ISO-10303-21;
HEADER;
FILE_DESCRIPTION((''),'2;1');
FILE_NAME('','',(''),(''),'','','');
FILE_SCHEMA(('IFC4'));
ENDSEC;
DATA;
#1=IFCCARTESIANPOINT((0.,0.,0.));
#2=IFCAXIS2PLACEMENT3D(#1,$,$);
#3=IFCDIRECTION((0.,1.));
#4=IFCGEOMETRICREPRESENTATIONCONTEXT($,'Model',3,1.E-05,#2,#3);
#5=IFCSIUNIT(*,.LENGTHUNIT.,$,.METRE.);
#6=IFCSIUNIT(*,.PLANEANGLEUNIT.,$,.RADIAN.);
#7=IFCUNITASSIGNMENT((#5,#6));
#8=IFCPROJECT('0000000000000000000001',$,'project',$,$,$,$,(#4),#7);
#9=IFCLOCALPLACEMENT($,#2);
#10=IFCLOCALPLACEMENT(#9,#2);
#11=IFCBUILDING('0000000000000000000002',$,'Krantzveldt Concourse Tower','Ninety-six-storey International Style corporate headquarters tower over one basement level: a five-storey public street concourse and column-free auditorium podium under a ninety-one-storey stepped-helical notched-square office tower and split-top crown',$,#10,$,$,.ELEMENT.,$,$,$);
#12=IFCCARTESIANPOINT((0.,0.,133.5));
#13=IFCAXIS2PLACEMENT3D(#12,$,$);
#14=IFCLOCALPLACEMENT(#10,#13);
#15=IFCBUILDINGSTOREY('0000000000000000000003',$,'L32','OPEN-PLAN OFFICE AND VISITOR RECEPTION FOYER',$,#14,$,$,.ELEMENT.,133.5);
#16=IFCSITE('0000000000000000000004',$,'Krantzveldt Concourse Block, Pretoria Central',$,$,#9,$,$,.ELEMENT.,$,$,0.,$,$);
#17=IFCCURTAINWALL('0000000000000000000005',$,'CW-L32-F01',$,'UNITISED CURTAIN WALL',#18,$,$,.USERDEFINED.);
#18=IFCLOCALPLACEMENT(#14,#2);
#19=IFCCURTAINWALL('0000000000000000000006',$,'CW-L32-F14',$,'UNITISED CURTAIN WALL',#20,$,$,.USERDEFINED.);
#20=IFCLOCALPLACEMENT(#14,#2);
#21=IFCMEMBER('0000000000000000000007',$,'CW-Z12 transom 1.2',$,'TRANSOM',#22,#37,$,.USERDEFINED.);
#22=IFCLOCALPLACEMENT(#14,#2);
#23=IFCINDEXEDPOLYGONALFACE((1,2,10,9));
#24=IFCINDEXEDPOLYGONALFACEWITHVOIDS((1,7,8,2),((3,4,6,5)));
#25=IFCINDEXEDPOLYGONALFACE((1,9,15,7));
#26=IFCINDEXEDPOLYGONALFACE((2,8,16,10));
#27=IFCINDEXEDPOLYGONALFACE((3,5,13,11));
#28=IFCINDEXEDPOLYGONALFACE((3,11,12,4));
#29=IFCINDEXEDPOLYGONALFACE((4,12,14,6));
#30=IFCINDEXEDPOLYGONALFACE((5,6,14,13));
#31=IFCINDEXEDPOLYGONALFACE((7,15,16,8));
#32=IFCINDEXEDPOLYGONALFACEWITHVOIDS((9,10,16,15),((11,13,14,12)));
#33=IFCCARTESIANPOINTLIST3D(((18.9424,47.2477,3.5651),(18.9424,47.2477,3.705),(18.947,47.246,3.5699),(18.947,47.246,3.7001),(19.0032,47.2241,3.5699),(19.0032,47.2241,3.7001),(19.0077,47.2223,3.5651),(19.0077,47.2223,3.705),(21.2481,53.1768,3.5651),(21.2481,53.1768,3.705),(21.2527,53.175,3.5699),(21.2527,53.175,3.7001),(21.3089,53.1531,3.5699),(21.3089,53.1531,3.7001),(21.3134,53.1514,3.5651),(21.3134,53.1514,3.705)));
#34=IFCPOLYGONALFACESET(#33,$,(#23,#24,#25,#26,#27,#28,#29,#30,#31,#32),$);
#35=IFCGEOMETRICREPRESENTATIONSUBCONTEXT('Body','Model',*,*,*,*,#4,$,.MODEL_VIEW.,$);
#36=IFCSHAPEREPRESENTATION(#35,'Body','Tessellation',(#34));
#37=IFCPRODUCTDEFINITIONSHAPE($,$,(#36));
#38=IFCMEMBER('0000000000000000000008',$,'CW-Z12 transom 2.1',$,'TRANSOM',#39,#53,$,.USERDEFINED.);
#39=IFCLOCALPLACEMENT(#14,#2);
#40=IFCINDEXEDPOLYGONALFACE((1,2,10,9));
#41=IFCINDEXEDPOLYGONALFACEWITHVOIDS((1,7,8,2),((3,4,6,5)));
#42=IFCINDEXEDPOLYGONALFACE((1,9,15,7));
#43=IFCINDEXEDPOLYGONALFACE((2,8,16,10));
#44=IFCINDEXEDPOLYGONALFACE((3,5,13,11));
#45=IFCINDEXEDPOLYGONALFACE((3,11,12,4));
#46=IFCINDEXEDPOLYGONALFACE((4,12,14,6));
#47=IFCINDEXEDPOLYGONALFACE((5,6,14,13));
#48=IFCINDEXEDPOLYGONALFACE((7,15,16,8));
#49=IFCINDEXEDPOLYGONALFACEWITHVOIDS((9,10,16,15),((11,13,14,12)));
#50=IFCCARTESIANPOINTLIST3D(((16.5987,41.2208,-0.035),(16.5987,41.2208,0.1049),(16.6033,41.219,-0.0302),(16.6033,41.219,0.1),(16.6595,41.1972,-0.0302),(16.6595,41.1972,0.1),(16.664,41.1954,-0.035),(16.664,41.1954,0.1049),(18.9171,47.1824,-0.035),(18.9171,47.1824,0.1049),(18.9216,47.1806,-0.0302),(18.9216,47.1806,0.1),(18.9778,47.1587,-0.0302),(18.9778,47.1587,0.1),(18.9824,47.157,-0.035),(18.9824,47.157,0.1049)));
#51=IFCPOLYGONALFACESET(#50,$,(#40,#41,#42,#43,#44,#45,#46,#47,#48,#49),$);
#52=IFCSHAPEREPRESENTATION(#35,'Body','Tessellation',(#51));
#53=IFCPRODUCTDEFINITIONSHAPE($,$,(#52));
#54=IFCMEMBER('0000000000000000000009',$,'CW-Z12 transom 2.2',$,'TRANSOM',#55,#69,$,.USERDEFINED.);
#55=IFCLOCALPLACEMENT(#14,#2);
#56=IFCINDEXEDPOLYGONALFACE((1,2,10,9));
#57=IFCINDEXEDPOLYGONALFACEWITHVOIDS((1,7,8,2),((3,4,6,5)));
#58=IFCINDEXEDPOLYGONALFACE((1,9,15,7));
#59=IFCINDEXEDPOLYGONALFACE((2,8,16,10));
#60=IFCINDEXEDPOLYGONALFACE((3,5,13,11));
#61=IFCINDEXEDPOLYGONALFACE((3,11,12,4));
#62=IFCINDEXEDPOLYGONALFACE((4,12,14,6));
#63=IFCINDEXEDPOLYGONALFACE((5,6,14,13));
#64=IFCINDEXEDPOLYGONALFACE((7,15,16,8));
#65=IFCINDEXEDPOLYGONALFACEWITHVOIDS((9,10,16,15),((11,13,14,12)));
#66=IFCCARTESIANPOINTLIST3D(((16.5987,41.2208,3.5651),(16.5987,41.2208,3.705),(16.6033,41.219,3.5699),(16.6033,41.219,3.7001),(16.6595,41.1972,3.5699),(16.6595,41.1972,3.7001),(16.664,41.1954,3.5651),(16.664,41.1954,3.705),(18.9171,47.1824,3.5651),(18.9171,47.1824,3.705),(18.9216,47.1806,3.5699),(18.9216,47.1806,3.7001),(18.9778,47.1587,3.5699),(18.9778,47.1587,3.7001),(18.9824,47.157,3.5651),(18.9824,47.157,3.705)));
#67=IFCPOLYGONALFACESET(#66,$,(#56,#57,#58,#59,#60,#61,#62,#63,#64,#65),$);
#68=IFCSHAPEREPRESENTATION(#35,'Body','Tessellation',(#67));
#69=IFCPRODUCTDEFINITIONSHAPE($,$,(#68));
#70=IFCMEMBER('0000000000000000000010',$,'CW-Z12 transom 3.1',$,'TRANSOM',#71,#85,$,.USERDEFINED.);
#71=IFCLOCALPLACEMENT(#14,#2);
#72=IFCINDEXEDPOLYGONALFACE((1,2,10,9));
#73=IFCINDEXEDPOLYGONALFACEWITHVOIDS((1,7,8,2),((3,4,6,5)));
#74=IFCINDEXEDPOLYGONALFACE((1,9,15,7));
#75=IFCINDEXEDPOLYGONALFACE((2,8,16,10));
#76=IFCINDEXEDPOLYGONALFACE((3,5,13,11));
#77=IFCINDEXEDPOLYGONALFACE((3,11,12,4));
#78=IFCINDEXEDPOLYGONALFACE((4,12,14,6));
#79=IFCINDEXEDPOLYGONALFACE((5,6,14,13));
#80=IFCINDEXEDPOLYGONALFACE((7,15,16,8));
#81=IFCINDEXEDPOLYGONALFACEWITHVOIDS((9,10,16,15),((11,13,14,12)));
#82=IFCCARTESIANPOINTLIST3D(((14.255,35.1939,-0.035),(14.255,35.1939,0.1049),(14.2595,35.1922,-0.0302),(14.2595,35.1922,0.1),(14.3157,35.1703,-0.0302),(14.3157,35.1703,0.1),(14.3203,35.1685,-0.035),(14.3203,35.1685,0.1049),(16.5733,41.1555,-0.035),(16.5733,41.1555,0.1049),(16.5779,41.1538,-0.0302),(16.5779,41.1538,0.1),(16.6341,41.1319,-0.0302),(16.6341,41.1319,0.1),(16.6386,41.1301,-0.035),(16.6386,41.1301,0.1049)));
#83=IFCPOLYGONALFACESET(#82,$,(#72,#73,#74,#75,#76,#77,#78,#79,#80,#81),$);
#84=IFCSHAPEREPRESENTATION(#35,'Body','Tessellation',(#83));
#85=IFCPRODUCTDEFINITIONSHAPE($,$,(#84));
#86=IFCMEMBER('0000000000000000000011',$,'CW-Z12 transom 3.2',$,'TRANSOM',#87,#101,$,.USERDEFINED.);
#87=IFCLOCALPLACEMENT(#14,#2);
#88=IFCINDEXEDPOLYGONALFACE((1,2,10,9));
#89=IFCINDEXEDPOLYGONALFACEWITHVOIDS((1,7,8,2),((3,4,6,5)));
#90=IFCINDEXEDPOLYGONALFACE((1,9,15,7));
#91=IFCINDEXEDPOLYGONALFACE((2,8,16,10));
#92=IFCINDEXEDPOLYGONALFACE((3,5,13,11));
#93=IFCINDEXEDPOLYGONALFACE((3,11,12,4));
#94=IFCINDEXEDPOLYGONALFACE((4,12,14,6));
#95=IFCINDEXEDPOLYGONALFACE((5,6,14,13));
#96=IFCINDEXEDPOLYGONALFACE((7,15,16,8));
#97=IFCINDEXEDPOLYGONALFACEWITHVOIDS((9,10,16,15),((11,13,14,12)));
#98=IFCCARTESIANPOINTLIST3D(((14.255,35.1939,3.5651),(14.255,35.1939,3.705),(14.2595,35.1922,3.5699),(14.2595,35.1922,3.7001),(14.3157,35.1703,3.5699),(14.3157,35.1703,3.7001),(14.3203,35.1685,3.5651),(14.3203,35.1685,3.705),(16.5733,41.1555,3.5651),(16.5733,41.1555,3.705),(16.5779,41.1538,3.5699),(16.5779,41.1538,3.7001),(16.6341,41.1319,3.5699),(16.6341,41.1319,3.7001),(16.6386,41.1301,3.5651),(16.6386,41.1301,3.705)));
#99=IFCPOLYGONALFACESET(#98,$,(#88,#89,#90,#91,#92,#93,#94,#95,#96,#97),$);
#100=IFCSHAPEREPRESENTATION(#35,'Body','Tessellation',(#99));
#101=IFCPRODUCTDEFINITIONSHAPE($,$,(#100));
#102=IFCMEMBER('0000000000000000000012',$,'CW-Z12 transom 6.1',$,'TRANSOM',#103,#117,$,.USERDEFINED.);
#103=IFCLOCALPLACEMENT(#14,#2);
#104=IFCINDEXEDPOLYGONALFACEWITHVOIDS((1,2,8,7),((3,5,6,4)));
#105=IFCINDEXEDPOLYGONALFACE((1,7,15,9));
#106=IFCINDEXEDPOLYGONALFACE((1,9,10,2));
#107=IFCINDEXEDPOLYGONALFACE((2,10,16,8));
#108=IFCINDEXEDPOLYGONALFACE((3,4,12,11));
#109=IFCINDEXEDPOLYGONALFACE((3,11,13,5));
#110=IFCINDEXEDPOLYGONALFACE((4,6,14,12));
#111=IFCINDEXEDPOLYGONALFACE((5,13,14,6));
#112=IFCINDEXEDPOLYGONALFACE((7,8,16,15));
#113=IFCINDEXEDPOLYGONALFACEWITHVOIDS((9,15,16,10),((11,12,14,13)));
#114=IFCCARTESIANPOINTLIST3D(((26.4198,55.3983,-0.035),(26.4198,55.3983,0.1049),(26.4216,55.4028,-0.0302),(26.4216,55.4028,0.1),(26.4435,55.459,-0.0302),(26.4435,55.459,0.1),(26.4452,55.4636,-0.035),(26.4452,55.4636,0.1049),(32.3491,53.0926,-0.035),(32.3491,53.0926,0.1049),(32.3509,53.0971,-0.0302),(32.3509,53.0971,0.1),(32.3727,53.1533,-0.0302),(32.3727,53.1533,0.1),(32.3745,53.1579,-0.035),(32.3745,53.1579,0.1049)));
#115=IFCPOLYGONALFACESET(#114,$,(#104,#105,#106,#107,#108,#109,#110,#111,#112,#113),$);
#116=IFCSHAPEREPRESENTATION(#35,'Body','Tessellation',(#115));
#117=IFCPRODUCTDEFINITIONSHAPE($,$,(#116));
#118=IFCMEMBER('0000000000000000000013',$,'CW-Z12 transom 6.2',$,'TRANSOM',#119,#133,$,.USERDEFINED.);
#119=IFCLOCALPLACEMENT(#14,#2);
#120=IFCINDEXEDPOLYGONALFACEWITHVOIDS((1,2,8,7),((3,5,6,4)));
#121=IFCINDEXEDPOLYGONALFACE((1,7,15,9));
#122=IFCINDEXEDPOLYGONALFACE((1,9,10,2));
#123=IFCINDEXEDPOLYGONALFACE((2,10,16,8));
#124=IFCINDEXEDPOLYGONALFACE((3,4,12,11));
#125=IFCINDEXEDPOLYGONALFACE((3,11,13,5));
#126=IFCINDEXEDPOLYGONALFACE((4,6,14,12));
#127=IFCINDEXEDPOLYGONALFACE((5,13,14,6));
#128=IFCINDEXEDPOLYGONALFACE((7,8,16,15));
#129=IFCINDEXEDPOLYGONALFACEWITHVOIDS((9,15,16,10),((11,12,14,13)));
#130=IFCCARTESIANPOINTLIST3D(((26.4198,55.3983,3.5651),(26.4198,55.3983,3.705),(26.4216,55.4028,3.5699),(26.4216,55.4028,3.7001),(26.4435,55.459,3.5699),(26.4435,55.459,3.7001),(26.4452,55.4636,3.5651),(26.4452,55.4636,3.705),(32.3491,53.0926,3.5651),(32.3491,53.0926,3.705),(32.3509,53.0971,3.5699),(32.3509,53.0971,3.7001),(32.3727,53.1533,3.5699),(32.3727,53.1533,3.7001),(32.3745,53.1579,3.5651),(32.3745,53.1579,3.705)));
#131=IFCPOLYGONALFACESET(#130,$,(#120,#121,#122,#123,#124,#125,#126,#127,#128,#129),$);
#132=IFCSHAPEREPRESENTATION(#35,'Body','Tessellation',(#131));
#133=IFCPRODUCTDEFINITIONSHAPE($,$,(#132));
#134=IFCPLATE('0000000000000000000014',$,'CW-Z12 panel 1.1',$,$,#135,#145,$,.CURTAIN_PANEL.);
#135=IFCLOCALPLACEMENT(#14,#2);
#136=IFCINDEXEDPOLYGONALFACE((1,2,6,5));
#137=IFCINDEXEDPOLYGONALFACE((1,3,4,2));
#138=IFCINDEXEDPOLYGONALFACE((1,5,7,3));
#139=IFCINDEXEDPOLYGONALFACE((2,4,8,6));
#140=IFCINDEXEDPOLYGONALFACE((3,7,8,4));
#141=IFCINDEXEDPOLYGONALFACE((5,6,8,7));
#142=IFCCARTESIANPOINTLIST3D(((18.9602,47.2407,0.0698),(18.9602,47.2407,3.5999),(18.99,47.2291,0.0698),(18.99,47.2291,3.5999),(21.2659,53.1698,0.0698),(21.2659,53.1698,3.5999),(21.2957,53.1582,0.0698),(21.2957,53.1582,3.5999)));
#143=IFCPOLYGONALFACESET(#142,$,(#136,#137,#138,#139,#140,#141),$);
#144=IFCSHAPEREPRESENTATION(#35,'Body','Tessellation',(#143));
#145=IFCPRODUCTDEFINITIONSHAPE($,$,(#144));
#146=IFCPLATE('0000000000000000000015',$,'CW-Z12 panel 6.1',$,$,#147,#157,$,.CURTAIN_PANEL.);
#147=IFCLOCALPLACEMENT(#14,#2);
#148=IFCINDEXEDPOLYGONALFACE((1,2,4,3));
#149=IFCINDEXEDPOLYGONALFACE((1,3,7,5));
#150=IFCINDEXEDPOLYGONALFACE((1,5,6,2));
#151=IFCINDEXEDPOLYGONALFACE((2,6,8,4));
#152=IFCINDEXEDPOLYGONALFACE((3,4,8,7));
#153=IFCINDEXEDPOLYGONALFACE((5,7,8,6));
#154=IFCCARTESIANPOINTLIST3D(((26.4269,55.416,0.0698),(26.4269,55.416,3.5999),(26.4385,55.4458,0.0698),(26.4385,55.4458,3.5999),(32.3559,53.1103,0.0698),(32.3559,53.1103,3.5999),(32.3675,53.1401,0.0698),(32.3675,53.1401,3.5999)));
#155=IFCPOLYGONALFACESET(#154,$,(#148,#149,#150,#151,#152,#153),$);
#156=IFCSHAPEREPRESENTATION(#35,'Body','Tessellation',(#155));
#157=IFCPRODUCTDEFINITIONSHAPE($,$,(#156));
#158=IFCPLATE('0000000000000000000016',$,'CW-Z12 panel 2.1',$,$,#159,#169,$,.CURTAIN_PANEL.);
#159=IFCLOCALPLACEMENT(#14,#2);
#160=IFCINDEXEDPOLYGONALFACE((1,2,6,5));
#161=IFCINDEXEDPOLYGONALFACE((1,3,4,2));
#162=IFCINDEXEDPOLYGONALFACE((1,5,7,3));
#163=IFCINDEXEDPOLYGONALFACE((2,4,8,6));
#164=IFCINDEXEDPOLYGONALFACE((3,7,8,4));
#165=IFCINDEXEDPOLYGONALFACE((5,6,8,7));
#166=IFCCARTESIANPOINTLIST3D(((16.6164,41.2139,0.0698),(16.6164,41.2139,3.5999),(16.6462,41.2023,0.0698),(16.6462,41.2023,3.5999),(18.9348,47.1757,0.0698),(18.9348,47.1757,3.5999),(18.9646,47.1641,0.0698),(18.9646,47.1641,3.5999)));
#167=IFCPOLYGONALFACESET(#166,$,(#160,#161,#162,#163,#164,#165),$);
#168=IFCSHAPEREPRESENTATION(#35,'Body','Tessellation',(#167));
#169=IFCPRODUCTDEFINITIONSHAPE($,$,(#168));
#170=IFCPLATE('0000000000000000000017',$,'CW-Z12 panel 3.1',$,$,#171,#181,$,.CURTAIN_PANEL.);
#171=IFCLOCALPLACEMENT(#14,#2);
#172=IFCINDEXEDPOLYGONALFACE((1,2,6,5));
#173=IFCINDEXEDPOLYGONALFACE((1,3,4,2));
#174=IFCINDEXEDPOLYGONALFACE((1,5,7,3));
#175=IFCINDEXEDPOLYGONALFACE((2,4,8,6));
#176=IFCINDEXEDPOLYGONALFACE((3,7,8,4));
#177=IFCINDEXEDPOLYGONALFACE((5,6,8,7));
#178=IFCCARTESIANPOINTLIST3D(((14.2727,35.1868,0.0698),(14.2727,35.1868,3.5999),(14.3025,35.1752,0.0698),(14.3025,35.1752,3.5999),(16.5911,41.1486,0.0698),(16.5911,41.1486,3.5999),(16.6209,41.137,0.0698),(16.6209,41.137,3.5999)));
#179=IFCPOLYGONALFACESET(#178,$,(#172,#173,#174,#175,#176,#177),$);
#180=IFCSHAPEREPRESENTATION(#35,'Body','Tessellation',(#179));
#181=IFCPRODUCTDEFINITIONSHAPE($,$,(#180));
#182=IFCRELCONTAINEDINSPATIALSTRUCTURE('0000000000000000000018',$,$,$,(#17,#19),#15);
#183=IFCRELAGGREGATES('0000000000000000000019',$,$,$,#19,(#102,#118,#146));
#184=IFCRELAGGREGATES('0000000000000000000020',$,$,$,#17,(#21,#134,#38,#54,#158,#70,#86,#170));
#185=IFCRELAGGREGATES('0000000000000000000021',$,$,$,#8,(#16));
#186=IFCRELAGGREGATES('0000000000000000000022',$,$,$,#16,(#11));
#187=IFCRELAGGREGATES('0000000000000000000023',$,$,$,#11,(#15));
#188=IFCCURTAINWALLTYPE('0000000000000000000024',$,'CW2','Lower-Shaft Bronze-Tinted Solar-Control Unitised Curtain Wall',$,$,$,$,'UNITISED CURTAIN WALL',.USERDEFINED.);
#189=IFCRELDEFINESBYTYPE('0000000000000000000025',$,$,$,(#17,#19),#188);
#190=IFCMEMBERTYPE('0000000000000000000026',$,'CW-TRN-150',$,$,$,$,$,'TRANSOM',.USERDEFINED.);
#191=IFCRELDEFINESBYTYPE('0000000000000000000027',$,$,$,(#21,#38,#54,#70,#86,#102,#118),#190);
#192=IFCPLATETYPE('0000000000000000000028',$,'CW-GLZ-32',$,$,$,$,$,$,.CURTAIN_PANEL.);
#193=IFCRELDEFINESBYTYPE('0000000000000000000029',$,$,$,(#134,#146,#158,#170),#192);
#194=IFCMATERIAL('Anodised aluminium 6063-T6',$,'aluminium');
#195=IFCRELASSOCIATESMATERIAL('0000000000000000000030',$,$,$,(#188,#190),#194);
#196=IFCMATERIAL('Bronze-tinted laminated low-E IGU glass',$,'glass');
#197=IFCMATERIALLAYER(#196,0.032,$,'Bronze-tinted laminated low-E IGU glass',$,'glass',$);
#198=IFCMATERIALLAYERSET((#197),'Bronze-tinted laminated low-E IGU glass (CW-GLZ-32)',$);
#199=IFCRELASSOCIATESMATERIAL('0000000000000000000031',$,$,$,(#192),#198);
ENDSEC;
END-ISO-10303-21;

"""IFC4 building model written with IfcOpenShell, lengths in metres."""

from ifc_helpers import new_model, si_unit, direction, frame, origin, origin_2d, place, context, subcontext, project, spatial, rectangle, hollow_rectangle, extrude, source, transform, mapped, material, layer, layer_set, material_profile, profile_set, type_object, type_shapes, element, aggregate, save


model = new_model("IFC4")

# Units and contexts
model_context = context("Model", 3, precision=1e-05, world=origin(), true_north=direction((0.0, 1.0)))
body_context = subcontext(model_context, "Body", "Model", "MODEL_VIEW")
ifc_project = project(units=[si_unit("LENGTHUNIT", "METRE"), si_unit("PLANEANGLEUNIT", "RADIAN")], contexts=[model_context])

# Site, building, storey
site_placement = place(None, origin())
site = spatial("IfcSite", under=ifc_project, at=site_placement, Name="Krantzveldt Concourse Block, Pretoria Central", CompositionType="ELEMENT", RefElevation=0.0)
building_placement = place(site_placement, origin())
building = spatial("IfcBuilding", under=site, at=building_placement, Name="Krantzveldt Concourse Tower", Description="Ninety-six-storey International Style corporate headquarters tower over one basement level: a five-storey public street concourse and column-free auditorium podium under a ninety-one-storey stepped-helical notched-square office tower and split-top crown", CompositionType="ELEMENT")
storey_placement = place(building_placement, frame((0.0, 0.0, 133.5)))
storey = spatial("IfcBuildingStorey", under=building, at=storey_placement, Name="L32", Description="OPEN-PLAN OFFICE AND VISITOR RECEPTION FOYER", CompositionType="ELEMENT", Elevation=133.5)

# Curtain walls
ifc_material_1 = material(Name="Anodised aluminium 6063-T6", Category="aluminium")
curtain_wall_type = type_object("IfcCurtainWallType", Name="CW2", Description="Lower-Shaft Bronze-Tinted Solar-Control Unitised Curtain Wall", ElementType="UNITISED CURTAIN WALL", PredefinedType="USERDEFINED", material=ifc_material_1)
curtain_wall_1_placement = place(storey_placement, origin())
curtain_wall_1 = element("IfcCurtainWall", 1, at=curtain_wall_1_placement, inside=storey, type_object=curtain_wall_type, Name="CW-L32-F01", ObjectType="UNITISED CURTAIN WALL", PredefinedType="USERDEFINED")
curtain_wall_2_placement = place(storey_placement, origin())
curtain_wall_2 = element("IfcCurtainWall", 2, at=curtain_wall_2_placement, inside=storey, type_object=curtain_wall_type, Name="CW-L32-F14", ObjectType="UNITISED CURTAIN WALL", PredefinedType="USERDEFINED")

# Members
ifc_material_profile_1 = material_profile(ifc_material_1, hollow_rectangle(XDim=0.0701, YDim=0.1399, WallThickness=0.0049, at=origin_2d()), Name="Anodised aluminium 6063-T6", Category="aluminium")
ifc_profile_set_1 = profile_set([ifc_material_profile_1], Name="Anodised aluminium 6063-T6 - ALU-TRAN 140x70x5")
member_type_1 = type_object("IfcMemberType", Name="CW-TRN-150", ElementType="TRANSOM", PredefinedType="USERDEFINED", material=ifc_profile_set_1)
shared_shape_1 = source(origin(), body_context, "Body", "SweptSolid", [
    extrude(hollow_rectangle(XDim=0.0701, YDim=0.1399, WallThickness=0.0049, at=origin_2d()), origin(), (0.0, 0.0, 1.0), 6.3616),
])
member_1_placement = place(storey_placement, frame((21.2808, 53.1641, 3.635), z_axis=(-0.362441, -0.932007, 0.0), x_axis=(0.932007, -0.362441, 0.0)))
member_1 = element("IfcMember", 3, at=member_1_placement, type_object=member_type_1, Name="CW-Z12 transom 1.2", ObjectType="TRANSOM", PredefinedType="USERDEFINED", context=body_context, shape_type="MappedRepresentation", body=[
    mapped(shared_shape_1, transform((0.0, 0.0, 0.0), x_axis=(1.0, 0.0, 0.0), y_axis=(0.0, 1.0, 0.0), z_axis=(0.0, 0.0, 1.0), scale=1.0)),
])
shared_shape_2 = source(origin(), body_context, "Body", "SweptSolid", [
    extrude(hollow_rectangle(XDim=0.0701, YDim=0.1399, WallThickness=0.0049, at=origin_2d()), origin(), (0.0, 0.0, 1.0), 6.3965),
])
member_2_placement = place(storey_placement, frame((18.9497, 47.1697, 0.0349), z_axis=(-0.362437, -0.932008, 0.0), x_axis=(0.932008, -0.362437, 0.0)))
member_2 = element("IfcMember", 4, at=member_2_placement, type_object=member_type_1, Name="CW-Z12 transom 2.1", ObjectType="TRANSOM", PredefinedType="USERDEFINED", context=body_context, shape_type="MappedRepresentation", body=[
    mapped(shared_shape_2, transform((0.0, 0.0, 0.0), x_axis=(1.0, 0.0, 0.0), y_axis=(0.0, 1.0, 0.0), z_axis=(0.0, 0.0, 1.0), scale=1.0)),
])
member_3_placement = place(storey_placement, frame((18.9497, 47.1697, 3.635), z_axis=(-0.362437, -0.932008, 0.0), x_axis=(0.932008, -0.362437, 0.0)))
member_3 = element("IfcMember", 5, at=member_3_placement, type_object=member_type_1, Name="CW-Z12 transom 2.2", ObjectType="TRANSOM", PredefinedType="USERDEFINED", context=body_context, shape_type="MappedRepresentation", body=[
    mapped(shared_shape_2, transform((0.0, 0.0, 0.0), x_axis=(1.0, 0.0, 0.0), y_axis=(0.0, 1.0, 0.0), z_axis=(0.0, 0.0, 1.0), scale=1.0)),
])
member_4_placement = place(storey_placement, frame((16.606, 41.1428, 0.0349), z_axis=(-0.362437, -0.932008, 0.0), x_axis=(0.932008, -0.362437, 0.0)))
member_4 = element("IfcMember", 6, at=member_4_placement, type_object=member_type_1, Name="CW-Z12 transom 3.1", ObjectType="TRANSOM", PredefinedType="USERDEFINED", context=body_context, shape_type="MappedRepresentation", body=[
    mapped(shared_shape_2, transform((0.0, 0.0, 0.0), x_axis=(1.0, 0.0, 0.0), y_axis=(0.0, 1.0, 0.0), z_axis=(0.0, 0.0, 1.0), scale=1.0)),
])
member_5_placement = place(storey_placement, frame((16.606, 41.1428, 3.635), z_axis=(-0.362437, -0.932008, 0.0), x_axis=(0.932008, -0.362437, 0.0)))
member_5 = element("IfcMember", 7, at=member_5_placement, type_object=member_type_1, Name="CW-Z12 transom 3.2", ObjectType="TRANSOM", PredefinedType="USERDEFINED", context=body_context, shape_type="MappedRepresentation", body=[
    mapped(shared_shape_2, transform((0.0, 0.0, 0.0), x_axis=(1.0, 0.0, 0.0), y_axis=(0.0, 1.0, 0.0), z_axis=(0.0, 0.0, 1.0), scale=1.0)),
])
shared_shape_3 = source(origin(), body_context, "Body", "SweptSolid", [
    extrude(hollow_rectangle(XDim=0.0701, YDim=0.1399, WallThickness=0.0049, at=origin_2d()), origin(), (0.0, 0.0, 1.0), 6.3618),
])
type_shapes(member_type_1, [shared_shape_1, shared_shape_2, shared_shape_3])
member_6_placement = place(storey_placement, frame((32.3618, 53.1252, 0.0349), z_axis=(-0.932012, 0.362428, 0.0), x_axis=(-0.362428, -0.932012, 0.0)))
member_6 = element("IfcMember", 8, at=member_6_placement, type_object=member_type_1, Name="CW-Z12 transom 6.1", ObjectType="TRANSOM", PredefinedType="USERDEFINED", context=body_context, shape_type="MappedRepresentation", body=[
    mapped(shared_shape_3, transform((0.0, 0.0, 0.0), x_axis=(1.0, 0.0, 0.0), y_axis=(0.0, 1.0, 0.0), z_axis=(0.0, 0.0, 1.0), scale=1.0)),
])
member_7_placement = place(storey_placement, frame((32.3618, 53.1252, 3.635), z_axis=(-0.932012, 0.362428, 0.0), x_axis=(-0.362428, -0.932012, 0.0)))
member_7 = element("IfcMember", 9, at=member_7_placement, type_object=member_type_1, Name="CW-Z12 transom 6.2", ObjectType="TRANSOM", PredefinedType="USERDEFINED", context=body_context, shape_type="MappedRepresentation", body=[
    mapped(shared_shape_3, transform((0.0, 0.0, 0.0), x_axis=(1.0, 0.0, 0.0), y_axis=(0.0, 1.0, 0.0), z_axis=(0.0, 0.0, 1.0), scale=1.0)),
])

# Plates
ifc_material_2 = material(Name="Bronze-tinted laminated low-E IGU glass", Category="glass")
ifc_layer_1 = layer(ifc_material_2, 0.032, Name="Bronze-tinted laminated low-E IGU glass", Category="glass")
ifc_layer_set_1 = layer_set([ifc_layer_1], Name="Bronze-tinted laminated low-E IGU glass (CW-GLZ-32)")
plate_type = type_object("IfcPlateType", Name="CW-GLZ-32", PredefinedType="CURTAIN_PANEL", material=ifc_layer_set_1)
shared_shape_4 = source(origin(), body_context, "Body", "SweptSolid", [
    extrude(rectangle(XDim=6.3616, YDim=0.032, at=origin_2d()), origin(), (0.0, 0.0, 1.0), 3.53),
])
plate_1_placement = place(storey_placement, frame((20.1279, 50.1995, 0.0698), z_axis=(0.0, 0.0, 1.0), x_axis=(-0.362438, -0.932008, 0.0)))
plate_1 = element("IfcPlate", 10, at=plate_1_placement, type_object=plate_type, Name="CW-Z12 panel 1.1", PredefinedType="CURTAIN_PANEL", context=body_context, shape_type="MappedRepresentation", body=[
    mapped(shared_shape_4, transform((0.0, 0.0, 0.0), x_axis=(1.0, 0.0, 0.0), y_axis=(0.0, 1.0, 0.0), z_axis=(0.0, 0.0, 1.0), scale=1.0)),
])
plate_2_placement = place(storey_placement, frame((29.3972, 54.2781, 0.0698), z_axis=(0.0, 0.0, 1.0), x_axis=(-0.932008, 0.362438, 0.0)))
plate_2 = element("IfcPlate", 11, at=plate_2_placement, type_object=plate_type, Name="CW-Z12 panel 6.1", PredefinedType="CURTAIN_PANEL", context=body_context, shape_type="MappedRepresentation", body=[
    mapped(shared_shape_4, transform((0.0, 0.0, 0.0), x_axis=(1.0, 0.0, 0.0), y_axis=(0.0, 1.0, 0.0), z_axis=(0.0, 0.0, 1.0), scale=1.0)),
])
aggregate(curtain_wall_2, [member_6, member_7, plate_2])
shared_shape_5 = source(origin(), body_context, "Body", "SweptSolid", [
    extrude(rectangle(XDim=6.3967, YDim=0.032, at=origin_2d()), origin(), (0.0, 0.0, 1.0), 3.53),
])
type_shapes(plate_type, [shared_shape_4, shared_shape_5])
plate_3_placement = place(storey_placement, frame((17.7905, 44.189, 0.0698), z_axis=(0.0, 0.0, 1.0), x_axis=(-0.362438, -0.932008, 0.0)))
plate_3 = element("IfcPlate", 12, at=plate_3_placement, type_object=plate_type, Name="CW-Z12 panel 2.1", PredefinedType="CURTAIN_PANEL", context=body_context, shape_type="MappedRepresentation", body=[
    mapped(shared_shape_5, transform((0.0, 0.0, 0.0), x_axis=(1.0, 0.0, 0.0), y_axis=(0.0, 1.0, 0.0), z_axis=(0.0, 0.0, 1.0), scale=1.0)),
])
plate_4_placement = place(storey_placement, frame((15.4468, 38.1619, 0.0698), z_axis=(0.0, 0.0, 1.0), x_axis=(-0.362438, -0.932008, 0.0)))
plate_4 = element("IfcPlate", 13, at=plate_4_placement, type_object=plate_type, Name="CW-Z12 panel 3.1", PredefinedType="CURTAIN_PANEL", context=body_context, shape_type="MappedRepresentation", body=[
    mapped(shared_shape_5, transform((0.0, 0.0, 0.0), x_axis=(1.0, 0.0, 0.0), y_axis=(0.0, 1.0, 0.0), z_axis=(0.0, 0.0, 1.0), scale=1.0)),
])
aggregate(curtain_wall_1, [member_1, plate_1, member_2, member_3, plate_3, member_4, member_5, plate_4])

save(model, "model.ifc")
